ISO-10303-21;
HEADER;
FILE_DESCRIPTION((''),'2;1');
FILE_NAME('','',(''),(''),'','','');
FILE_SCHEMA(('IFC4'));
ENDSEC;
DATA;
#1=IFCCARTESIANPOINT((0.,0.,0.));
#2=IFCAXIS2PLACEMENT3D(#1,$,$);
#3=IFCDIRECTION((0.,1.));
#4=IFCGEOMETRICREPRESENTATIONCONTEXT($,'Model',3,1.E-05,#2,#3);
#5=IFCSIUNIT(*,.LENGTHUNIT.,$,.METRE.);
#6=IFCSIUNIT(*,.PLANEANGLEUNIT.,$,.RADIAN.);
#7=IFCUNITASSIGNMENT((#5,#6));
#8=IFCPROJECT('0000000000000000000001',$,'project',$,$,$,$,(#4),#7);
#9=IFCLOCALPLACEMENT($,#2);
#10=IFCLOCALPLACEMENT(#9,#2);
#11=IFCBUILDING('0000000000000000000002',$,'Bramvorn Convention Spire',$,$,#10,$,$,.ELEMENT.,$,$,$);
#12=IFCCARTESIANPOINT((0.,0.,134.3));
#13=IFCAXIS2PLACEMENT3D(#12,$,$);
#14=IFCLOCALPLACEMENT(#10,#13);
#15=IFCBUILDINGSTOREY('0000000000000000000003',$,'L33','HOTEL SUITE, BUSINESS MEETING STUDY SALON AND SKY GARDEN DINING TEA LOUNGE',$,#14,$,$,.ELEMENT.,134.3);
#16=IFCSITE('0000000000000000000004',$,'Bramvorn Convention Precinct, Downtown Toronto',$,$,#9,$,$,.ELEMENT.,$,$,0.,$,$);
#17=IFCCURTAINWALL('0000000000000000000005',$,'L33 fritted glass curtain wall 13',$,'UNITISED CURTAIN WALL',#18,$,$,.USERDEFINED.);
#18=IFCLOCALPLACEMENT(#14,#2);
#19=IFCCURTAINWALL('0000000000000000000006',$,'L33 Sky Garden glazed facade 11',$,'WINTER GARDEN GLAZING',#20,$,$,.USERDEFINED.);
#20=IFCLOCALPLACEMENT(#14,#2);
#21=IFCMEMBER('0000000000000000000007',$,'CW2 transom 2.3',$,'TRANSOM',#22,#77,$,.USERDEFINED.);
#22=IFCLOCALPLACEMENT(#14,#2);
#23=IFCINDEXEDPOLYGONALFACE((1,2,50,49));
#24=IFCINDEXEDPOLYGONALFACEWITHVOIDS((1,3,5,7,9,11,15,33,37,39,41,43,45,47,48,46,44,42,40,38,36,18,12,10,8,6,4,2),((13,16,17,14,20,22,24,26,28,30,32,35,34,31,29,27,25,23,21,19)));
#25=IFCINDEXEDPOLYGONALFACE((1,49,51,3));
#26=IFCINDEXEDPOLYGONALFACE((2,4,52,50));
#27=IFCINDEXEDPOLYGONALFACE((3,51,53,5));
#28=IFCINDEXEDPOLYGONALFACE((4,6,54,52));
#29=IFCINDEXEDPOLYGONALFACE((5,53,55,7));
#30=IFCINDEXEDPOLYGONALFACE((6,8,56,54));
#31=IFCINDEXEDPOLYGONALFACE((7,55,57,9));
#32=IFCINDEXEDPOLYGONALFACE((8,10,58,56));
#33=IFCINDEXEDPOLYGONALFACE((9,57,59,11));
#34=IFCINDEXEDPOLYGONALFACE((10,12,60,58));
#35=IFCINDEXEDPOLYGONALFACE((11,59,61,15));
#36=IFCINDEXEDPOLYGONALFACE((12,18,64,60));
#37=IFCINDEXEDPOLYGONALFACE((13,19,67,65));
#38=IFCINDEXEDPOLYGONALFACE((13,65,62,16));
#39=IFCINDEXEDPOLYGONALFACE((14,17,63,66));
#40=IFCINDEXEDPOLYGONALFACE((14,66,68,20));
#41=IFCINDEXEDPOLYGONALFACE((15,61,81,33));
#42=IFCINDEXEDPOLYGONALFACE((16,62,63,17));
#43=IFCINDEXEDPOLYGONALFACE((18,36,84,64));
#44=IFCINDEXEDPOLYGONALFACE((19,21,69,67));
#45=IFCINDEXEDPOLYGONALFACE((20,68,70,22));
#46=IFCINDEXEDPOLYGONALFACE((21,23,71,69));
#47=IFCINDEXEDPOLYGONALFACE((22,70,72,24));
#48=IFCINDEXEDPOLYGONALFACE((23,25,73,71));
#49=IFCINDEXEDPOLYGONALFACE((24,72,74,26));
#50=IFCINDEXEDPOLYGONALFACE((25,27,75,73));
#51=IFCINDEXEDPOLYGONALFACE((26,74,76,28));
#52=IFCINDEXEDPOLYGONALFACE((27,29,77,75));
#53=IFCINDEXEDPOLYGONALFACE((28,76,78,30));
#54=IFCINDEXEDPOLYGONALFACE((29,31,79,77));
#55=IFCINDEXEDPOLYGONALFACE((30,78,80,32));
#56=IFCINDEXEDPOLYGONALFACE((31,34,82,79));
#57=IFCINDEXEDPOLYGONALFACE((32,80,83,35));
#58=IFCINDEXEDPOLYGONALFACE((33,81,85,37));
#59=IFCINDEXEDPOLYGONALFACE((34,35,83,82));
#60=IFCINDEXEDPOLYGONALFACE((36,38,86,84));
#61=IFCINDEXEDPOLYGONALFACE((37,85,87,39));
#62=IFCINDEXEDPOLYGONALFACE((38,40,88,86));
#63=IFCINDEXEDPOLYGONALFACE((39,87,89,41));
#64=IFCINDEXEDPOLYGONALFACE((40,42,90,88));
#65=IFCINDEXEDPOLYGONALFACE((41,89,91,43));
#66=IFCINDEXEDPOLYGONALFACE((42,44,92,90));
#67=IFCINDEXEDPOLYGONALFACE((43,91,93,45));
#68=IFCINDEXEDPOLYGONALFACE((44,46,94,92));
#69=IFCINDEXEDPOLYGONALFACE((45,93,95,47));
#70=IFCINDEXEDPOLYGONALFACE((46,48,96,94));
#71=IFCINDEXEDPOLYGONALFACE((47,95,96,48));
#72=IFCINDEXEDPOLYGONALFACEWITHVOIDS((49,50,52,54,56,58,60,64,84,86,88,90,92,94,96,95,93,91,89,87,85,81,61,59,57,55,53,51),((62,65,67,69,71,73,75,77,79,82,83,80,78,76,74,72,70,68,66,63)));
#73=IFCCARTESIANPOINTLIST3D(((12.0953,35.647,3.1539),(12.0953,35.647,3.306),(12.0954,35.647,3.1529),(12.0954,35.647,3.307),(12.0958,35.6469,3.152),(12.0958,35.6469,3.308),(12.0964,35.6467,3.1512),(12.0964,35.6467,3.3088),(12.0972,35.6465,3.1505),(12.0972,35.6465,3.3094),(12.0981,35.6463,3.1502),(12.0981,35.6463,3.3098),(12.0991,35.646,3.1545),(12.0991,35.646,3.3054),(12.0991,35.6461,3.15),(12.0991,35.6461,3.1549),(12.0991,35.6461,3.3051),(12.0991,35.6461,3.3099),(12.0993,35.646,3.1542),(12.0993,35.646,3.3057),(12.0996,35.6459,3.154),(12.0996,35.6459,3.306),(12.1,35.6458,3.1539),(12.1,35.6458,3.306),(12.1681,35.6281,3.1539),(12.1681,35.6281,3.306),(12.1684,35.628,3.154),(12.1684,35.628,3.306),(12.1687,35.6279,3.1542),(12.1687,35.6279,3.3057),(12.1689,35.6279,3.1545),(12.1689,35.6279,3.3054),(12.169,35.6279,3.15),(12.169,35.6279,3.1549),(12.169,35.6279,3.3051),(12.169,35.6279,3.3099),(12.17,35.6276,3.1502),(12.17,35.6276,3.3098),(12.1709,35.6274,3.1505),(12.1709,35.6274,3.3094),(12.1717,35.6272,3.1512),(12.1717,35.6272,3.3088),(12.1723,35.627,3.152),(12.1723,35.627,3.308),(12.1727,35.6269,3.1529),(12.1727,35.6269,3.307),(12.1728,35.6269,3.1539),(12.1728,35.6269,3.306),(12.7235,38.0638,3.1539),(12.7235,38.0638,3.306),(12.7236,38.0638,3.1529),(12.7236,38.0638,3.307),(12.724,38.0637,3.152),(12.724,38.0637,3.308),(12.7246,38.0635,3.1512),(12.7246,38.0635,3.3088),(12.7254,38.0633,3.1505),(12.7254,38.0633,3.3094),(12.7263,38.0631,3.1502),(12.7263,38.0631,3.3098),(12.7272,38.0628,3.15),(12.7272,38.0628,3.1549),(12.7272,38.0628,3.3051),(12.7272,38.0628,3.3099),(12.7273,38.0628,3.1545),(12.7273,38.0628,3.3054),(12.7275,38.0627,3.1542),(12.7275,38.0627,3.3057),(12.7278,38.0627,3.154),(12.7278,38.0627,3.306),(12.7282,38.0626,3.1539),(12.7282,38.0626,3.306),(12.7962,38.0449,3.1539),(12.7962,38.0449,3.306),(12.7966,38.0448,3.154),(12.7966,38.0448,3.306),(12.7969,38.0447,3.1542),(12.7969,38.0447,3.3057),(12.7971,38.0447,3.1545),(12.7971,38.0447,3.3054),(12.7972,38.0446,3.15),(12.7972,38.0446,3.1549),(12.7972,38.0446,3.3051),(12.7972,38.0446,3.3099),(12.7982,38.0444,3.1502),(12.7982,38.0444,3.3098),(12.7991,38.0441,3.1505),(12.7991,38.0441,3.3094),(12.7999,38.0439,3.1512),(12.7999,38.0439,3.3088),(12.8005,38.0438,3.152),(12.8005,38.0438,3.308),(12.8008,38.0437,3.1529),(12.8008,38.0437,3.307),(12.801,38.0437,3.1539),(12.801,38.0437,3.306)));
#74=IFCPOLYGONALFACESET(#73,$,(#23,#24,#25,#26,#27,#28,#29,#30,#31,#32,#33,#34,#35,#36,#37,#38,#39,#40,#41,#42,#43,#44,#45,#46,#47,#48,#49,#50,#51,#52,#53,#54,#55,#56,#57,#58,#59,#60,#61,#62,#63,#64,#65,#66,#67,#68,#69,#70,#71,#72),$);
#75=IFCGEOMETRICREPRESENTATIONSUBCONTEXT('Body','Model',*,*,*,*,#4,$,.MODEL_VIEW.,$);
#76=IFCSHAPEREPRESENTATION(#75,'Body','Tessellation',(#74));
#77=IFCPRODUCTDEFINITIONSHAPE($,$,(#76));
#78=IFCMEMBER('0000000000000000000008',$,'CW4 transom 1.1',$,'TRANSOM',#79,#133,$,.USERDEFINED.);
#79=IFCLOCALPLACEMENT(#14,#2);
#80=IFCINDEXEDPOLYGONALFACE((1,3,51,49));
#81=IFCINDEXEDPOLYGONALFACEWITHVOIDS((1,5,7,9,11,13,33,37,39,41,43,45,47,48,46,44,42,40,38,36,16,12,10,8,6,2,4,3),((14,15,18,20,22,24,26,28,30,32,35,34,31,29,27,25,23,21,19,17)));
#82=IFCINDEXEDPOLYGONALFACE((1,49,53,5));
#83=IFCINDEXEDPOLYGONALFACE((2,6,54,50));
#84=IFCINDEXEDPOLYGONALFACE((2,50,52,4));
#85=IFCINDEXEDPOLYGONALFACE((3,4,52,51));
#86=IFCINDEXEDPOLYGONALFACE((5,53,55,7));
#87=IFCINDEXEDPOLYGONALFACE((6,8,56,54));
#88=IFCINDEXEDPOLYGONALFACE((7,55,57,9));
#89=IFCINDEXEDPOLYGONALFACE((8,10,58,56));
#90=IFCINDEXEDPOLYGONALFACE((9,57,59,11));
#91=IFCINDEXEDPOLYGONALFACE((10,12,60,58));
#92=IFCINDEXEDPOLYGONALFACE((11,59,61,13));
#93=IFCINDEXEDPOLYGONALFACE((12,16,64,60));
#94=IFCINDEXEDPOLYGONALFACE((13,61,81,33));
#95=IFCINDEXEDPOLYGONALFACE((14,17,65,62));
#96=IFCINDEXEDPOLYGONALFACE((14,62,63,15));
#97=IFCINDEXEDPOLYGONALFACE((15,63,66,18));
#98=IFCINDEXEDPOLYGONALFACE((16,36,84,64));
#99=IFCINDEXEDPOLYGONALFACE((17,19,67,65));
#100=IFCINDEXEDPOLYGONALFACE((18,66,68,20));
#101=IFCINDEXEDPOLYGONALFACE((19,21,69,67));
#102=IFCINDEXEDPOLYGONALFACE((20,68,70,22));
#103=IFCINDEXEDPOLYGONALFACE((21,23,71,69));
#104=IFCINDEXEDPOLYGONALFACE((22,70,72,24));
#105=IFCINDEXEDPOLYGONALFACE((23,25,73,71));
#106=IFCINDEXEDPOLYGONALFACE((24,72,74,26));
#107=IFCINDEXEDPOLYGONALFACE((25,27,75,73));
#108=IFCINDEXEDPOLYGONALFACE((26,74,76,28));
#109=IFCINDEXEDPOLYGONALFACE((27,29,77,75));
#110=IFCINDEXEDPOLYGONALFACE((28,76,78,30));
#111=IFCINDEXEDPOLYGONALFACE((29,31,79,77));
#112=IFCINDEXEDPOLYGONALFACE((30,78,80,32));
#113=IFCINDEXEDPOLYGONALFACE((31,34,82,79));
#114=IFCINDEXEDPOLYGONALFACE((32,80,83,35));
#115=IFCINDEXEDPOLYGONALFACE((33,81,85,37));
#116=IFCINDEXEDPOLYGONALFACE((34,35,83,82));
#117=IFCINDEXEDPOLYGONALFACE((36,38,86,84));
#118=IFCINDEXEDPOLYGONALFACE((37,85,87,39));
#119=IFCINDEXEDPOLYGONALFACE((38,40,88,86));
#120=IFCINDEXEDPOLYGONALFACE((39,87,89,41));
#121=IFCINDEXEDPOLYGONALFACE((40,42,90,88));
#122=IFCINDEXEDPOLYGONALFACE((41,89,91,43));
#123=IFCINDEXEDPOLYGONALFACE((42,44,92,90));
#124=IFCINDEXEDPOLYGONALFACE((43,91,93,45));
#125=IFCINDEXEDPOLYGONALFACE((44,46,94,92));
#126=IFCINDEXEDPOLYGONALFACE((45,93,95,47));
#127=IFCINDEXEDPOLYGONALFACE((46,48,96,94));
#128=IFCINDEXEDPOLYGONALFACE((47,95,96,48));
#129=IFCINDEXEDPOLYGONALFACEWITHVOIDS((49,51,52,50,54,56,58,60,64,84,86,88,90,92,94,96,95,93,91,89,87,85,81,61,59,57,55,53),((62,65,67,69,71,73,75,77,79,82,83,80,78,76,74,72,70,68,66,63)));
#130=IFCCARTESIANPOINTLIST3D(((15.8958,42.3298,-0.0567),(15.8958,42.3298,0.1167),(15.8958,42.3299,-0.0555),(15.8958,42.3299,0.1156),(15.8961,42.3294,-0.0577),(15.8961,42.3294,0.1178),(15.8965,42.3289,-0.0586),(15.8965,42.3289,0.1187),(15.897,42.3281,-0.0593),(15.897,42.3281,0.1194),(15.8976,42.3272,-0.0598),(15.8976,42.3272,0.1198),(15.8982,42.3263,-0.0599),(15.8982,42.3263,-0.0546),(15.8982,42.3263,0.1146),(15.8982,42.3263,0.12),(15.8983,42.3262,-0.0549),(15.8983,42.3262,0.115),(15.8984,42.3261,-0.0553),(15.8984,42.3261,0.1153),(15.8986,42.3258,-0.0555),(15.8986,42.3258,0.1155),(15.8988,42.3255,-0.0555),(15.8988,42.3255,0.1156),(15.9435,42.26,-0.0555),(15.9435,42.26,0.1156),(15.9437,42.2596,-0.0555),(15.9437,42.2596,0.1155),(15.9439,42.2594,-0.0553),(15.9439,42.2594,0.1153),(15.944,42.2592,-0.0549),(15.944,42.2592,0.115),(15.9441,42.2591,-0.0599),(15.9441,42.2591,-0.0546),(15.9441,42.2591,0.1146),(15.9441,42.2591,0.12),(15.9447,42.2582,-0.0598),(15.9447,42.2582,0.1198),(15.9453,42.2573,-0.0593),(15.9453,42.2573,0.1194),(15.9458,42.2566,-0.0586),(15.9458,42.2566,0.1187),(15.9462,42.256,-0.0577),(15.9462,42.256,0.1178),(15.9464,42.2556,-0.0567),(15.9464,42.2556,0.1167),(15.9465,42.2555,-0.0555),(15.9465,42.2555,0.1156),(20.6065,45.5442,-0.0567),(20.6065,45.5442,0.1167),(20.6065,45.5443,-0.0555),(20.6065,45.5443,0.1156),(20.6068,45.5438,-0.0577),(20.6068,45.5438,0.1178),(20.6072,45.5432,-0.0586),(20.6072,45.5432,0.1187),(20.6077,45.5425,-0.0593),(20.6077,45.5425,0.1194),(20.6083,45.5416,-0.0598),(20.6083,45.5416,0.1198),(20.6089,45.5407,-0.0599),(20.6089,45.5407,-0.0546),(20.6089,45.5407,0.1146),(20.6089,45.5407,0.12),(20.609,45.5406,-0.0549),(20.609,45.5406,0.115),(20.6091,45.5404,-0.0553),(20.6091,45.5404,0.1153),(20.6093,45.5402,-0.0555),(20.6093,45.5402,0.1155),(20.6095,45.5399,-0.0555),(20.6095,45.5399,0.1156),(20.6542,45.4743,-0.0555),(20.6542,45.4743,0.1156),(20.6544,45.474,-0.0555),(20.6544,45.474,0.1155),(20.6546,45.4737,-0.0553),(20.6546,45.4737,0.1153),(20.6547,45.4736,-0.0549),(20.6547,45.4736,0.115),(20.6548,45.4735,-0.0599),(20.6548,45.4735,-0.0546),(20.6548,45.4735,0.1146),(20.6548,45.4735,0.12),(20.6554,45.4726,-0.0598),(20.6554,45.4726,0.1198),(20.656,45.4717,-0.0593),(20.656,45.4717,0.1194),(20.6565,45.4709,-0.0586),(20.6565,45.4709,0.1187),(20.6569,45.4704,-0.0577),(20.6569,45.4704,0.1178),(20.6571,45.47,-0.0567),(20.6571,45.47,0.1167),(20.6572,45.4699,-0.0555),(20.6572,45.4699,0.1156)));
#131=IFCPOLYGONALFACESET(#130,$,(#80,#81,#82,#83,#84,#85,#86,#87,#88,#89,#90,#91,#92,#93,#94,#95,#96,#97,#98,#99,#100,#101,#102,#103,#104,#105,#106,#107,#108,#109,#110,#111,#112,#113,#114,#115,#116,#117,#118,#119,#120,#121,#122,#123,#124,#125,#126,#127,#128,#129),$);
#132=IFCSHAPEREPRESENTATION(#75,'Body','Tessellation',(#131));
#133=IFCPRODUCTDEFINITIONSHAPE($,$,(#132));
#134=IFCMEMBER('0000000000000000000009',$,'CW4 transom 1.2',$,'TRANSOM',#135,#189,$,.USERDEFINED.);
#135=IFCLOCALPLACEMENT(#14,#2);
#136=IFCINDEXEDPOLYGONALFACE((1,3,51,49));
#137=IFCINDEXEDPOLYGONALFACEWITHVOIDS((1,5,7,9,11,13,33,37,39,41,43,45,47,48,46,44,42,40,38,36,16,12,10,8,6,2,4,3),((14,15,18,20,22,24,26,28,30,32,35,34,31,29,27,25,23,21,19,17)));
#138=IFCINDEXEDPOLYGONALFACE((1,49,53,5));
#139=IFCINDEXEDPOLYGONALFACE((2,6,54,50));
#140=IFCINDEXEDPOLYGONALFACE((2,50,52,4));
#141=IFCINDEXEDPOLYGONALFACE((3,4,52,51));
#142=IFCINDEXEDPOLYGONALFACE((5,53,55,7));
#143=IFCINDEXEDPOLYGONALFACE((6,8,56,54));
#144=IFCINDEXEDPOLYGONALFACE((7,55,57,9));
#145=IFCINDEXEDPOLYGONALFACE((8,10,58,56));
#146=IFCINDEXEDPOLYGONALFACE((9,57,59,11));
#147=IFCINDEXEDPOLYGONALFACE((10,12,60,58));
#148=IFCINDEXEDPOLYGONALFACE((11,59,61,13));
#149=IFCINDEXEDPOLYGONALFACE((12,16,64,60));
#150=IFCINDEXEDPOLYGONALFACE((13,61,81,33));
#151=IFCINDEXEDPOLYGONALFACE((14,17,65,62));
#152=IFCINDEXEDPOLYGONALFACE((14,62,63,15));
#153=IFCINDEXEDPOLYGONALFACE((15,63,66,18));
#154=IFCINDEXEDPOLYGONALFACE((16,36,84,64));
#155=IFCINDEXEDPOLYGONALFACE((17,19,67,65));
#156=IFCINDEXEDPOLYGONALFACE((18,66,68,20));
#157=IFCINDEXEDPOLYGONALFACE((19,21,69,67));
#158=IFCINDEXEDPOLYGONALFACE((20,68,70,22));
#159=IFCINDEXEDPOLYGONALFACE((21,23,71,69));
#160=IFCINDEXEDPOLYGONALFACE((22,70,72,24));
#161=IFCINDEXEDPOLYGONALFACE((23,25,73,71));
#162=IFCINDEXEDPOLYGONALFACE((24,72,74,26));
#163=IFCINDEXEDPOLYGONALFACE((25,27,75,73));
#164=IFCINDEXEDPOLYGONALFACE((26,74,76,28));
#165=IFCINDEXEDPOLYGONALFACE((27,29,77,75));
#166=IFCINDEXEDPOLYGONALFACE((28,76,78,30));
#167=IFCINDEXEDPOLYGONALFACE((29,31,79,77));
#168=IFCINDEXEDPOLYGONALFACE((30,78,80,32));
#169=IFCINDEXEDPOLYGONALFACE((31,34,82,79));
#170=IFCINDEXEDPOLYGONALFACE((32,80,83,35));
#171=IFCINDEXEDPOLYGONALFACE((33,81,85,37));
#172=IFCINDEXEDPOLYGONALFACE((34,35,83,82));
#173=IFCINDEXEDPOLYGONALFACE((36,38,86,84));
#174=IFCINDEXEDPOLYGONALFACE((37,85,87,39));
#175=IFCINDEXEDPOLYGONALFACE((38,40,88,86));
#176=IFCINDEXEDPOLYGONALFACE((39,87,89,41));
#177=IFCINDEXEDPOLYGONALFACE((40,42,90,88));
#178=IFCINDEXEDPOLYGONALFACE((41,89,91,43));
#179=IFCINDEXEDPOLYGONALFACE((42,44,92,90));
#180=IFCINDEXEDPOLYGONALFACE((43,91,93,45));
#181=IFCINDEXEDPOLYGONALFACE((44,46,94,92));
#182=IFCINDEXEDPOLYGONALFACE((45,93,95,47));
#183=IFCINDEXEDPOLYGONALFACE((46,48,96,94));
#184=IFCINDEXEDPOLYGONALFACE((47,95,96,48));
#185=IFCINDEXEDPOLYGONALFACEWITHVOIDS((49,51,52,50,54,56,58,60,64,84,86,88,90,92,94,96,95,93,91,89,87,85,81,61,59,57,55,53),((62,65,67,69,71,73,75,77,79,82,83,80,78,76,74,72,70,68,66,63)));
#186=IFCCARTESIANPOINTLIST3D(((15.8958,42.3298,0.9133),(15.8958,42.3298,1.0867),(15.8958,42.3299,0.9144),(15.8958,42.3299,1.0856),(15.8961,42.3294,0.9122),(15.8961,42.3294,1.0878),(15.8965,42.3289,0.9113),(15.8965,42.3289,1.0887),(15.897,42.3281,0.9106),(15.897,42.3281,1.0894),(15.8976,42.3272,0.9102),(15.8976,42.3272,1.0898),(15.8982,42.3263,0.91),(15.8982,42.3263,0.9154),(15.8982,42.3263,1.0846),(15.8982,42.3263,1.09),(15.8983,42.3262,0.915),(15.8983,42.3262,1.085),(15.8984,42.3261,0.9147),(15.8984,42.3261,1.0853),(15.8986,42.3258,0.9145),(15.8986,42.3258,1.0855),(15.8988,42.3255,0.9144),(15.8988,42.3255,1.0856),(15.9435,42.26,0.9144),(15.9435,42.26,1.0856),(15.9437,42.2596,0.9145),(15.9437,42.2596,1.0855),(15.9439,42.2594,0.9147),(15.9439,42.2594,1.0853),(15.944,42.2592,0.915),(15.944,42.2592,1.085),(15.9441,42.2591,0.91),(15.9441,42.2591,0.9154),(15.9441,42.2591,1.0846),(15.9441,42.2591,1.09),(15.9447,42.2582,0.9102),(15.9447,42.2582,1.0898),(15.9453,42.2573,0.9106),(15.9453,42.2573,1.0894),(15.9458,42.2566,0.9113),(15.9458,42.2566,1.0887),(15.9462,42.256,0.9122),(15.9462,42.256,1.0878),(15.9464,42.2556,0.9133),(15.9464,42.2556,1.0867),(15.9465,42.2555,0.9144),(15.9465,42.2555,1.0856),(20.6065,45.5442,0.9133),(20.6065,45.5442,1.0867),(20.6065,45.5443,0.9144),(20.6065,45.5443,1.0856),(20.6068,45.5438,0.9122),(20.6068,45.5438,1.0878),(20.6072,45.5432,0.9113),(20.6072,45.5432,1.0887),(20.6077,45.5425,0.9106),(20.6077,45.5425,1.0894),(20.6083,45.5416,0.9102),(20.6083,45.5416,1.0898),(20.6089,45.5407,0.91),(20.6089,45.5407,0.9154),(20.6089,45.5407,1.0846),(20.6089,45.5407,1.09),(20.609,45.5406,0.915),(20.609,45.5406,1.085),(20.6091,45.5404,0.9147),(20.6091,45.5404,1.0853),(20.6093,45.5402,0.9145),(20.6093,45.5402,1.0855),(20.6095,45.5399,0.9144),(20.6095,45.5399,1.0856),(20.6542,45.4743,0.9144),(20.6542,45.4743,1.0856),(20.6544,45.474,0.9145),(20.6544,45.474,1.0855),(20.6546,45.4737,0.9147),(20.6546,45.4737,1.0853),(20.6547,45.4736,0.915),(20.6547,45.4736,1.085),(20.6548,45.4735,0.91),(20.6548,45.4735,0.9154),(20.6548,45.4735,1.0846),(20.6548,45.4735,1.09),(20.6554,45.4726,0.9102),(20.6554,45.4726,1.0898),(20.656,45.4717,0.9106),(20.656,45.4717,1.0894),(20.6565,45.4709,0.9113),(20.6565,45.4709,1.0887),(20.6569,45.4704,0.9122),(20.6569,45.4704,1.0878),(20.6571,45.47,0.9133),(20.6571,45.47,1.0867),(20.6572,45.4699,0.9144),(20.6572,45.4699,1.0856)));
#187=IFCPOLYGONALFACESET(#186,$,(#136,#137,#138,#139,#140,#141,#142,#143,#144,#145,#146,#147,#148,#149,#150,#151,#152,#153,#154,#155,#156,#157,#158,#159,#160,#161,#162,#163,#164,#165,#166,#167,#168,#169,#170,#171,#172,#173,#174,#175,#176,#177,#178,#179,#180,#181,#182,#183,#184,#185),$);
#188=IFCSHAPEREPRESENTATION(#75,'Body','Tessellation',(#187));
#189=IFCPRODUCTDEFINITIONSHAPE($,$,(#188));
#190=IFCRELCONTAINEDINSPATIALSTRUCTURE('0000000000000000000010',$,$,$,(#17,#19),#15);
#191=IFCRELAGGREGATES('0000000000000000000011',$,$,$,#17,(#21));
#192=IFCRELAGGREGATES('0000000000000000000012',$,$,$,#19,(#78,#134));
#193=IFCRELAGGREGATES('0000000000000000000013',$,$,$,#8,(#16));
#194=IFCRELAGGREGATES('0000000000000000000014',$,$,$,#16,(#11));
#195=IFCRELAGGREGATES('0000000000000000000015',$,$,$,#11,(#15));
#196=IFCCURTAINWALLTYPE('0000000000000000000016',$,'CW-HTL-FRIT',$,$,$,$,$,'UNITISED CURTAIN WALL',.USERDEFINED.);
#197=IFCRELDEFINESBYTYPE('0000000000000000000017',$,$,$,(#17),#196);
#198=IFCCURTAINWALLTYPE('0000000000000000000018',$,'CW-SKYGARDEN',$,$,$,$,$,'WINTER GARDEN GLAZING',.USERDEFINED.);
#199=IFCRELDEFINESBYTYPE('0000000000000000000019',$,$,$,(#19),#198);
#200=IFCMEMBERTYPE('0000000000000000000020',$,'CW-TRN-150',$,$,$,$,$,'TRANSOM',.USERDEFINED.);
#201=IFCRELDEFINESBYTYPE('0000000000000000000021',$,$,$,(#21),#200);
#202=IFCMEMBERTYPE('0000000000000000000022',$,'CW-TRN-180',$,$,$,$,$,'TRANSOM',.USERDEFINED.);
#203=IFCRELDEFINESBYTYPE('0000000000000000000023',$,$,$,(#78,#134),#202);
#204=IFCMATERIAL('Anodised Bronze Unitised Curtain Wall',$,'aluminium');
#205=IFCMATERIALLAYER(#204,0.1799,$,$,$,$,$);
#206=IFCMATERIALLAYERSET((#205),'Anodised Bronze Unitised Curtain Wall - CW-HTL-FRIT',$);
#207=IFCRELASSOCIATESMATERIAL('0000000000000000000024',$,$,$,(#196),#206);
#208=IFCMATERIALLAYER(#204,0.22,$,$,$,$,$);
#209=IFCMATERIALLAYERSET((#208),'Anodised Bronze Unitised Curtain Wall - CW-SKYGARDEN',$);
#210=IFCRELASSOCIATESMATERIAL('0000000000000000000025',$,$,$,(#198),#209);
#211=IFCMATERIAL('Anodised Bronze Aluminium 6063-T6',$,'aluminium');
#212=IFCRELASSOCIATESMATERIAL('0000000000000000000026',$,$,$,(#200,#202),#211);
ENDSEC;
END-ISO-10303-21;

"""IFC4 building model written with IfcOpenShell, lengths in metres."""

from ifc_helpers import new_model, si_unit, direction, frame, origin, origin_2d, place, context, subcontext, project, spatial, hollow_rectangle, extrude, material, layer, layer_set, material_profile, profile_set, type_object, element, aggregate, save


model = new_model("IFC4")

# Units and contexts
model_context = context("Model", 3, precision=1e-05, world=origin(), true_north=direction((0.0, 1.0)))
body_context = subcontext(model_context, "Body", "Model", "MODEL_VIEW")
ifc_project = project(units=[si_unit("LENGTHUNIT", "METRE"), si_unit("PLANEANGLEUNIT", "RADIAN")], contexts=[model_context])

# Site, building, storey
site_placement = place(None, origin())
site = spatial("IfcSite", under=ifc_project, at=site_placement, Name="Bramvorn Convention Precinct, Downtown Toronto", CompositionType="ELEMENT", RefElevation=0.0)
building_placement = place(site_placement, origin())
building = spatial("IfcBuilding", under=site, at=building_placement, Name="Bramvorn Convention Spire", CompositionType="ELEMENT")
storey_placement = place(building_placement, frame((0.0, 0.0, 134.3)))
storey = spatial("IfcBuildingStorey", under=building, at=storey_placement, Name="L33", Description="HOTEL SUITE, BUSINESS MEETING STUDY SALON AND SKY GARDEN DINING TEA LOUNGE", CompositionType="ELEMENT", Elevation=134.3)

# Shared definitions
ifc_material_1 = material(Name="Anodised Bronze Unitised Curtain Wall", Category="aluminium")
ifc_layer_1 = layer(ifc_material_1, 0.1799)
ifc_layer_set_1 = layer_set([ifc_layer_1], Name="Anodised Bronze Unitised Curtain Wall - CW-HTL-FRIT")
curtain_wall_type_1 = type_object("IfcCurtainWallType", Name="CW-HTL-FRIT", ElementType="UNITISED CURTAIN WALL", PredefinedType="USERDEFINED", material=ifc_layer_set_1)
ifc_material_2 = material(Name="Anodised Bronze Aluminium 6063-T6", Category="aluminium")

# Curtain walls
curtain_wall_1_placement = place(storey_placement, origin())
curtain_wall_1 = element("IfcCurtainWall", 1, at=curtain_wall_1_placement, inside=storey, type_object=curtain_wall_type_1, Name="L33 fritted glass curtain wall 13", ObjectType="UNITISED CURTAIN WALL", PredefinedType="USERDEFINED")
ifc_layer_2 = layer(ifc_material_1, 0.22)
ifc_layer_set_2 = layer_set([ifc_layer_2], Name="Anodised Bronze Unitised Curtain Wall - CW-SKYGARDEN")
curtain_wall_type_2 = type_object("IfcCurtainWallType", Name="CW-SKYGARDEN", ElementType="WINTER GARDEN GLAZING", PredefinedType="USERDEFINED", material=ifc_layer_set_2)
curtain_wall_2_placement = place(storey_placement, origin())
curtain_wall_2 = element("IfcCurtainWall", 2, at=curtain_wall_2_placement, inside=storey, type_object=curtain_wall_type_2, Name="L33 Sky Garden glazed facade 11", ObjectType="WINTER GARDEN GLAZING", PredefinedType="USERDEFINED")

# Members
ifc_material_profile_1 = material_profile(ifc_material_2, hollow_rectangle(XDim=0.0801, YDim=0.1599, WallThickness=0.0039, InnerFilletRadius=0.001, OuterFilletRadius=0.0039, at=origin_2d()))
ifc_profile_set_1 = profile_set([ifc_material_profile_1], Name="Anodised Bronze Aluminium 6063-T6 - CWT80X160")
member_type_1 = type_object("IfcMemberType", Name="CW-TRN-150", ElementType="TRANSOM", PredefinedType="USERDEFINED", material=ifc_profile_set_1)
member_1_placement = place(storey_placement, frame((12.134, 35.637, 3.23), z_axis=(0.251566, 0.96784, 0.0), x_axis=(-0.96784, 0.251566, 0.0)))
member_1 = element("IfcMember", 3, at=member_1_placement, type_object=member_type_1, Name="CW2 transom 2.3", ObjectType="TRANSOM", PredefinedType="USERDEFINED", context=body_context, shape_type="SweptSolid", body=[
    extrude(hollow_rectangle(XDim=0.0801, YDim=0.1599, WallThickness=0.0039, InnerFilletRadius=0.001, OuterFilletRadius=0.0039, at=origin_2d()), origin(), (0.0, 0.0, 1.0), 2.4971),
])
ifc_material_profile_2 = material_profile(ifc_material_2, hollow_rectangle(XDim=0.0901, YDim=0.1799, WallThickness=0.0044, InnerFilletRadius=0.001, OuterFilletRadius=0.0044, at=origin_2d()))
ifc_profile_set_2 = profile_set([ifc_material_profile_2], Name="Anodised Bronze Aluminium 6063-T6 - CWT90X180")
member_type_2 = type_object("IfcMemberType", Name="CW-TRN-180", ElementType="TRANSOM", PredefinedType="USERDEFINED", material=ifc_profile_set_2)
member_2_placement = place(storey_placement, frame((15.9211, 42.2927, 0.03), z_axis=(0.826022, 0.563638, 0.0), x_axis=(-0.563638, 0.826022, 0.0)))
member_2 = element("IfcMember", 4, at=member_2_placement, type_object=member_type_2, Name="CW4 transom 1.1", ObjectType="TRANSOM", PredefinedType="USERDEFINED", context=body_context, shape_type="SweptSolid", body=[
    extrude(hollow_rectangle(XDim=0.0901, YDim=0.1799, WallThickness=0.0044, InnerFilletRadius=0.001, OuterFilletRadius=0.0044, at=origin_2d()), origin(), (0.0, 0.0, 1.0), 5.7029),
])
member_3_placement = place(storey_placement, frame((15.9211, 42.2927, 1.0), z_axis=(0.826022, 0.563638, 0.0), x_axis=(-0.563638, 0.826022, 0.0)))
member_3 = element("IfcMember", 5, at=member_3_placement, type_object=member_type_2, Name="CW4 transom 1.2", ObjectType="TRANSOM", PredefinedType="USERDEFINED", context=body_context, shape_type="SweptSolid", body=[
    extrude(hollow_rectangle(XDim=0.0901, YDim=0.1799, WallThickness=0.0044, InnerFilletRadius=0.001, OuterFilletRadius=0.0044, at=origin_2d()), origin(), (0.0, 0.0, 1.0), 5.7029),
])

aggregate(curtain_wall_1, [member_1])
aggregate(curtain_wall_2, [member_2, member_3])

save(model, "model.ifc")
